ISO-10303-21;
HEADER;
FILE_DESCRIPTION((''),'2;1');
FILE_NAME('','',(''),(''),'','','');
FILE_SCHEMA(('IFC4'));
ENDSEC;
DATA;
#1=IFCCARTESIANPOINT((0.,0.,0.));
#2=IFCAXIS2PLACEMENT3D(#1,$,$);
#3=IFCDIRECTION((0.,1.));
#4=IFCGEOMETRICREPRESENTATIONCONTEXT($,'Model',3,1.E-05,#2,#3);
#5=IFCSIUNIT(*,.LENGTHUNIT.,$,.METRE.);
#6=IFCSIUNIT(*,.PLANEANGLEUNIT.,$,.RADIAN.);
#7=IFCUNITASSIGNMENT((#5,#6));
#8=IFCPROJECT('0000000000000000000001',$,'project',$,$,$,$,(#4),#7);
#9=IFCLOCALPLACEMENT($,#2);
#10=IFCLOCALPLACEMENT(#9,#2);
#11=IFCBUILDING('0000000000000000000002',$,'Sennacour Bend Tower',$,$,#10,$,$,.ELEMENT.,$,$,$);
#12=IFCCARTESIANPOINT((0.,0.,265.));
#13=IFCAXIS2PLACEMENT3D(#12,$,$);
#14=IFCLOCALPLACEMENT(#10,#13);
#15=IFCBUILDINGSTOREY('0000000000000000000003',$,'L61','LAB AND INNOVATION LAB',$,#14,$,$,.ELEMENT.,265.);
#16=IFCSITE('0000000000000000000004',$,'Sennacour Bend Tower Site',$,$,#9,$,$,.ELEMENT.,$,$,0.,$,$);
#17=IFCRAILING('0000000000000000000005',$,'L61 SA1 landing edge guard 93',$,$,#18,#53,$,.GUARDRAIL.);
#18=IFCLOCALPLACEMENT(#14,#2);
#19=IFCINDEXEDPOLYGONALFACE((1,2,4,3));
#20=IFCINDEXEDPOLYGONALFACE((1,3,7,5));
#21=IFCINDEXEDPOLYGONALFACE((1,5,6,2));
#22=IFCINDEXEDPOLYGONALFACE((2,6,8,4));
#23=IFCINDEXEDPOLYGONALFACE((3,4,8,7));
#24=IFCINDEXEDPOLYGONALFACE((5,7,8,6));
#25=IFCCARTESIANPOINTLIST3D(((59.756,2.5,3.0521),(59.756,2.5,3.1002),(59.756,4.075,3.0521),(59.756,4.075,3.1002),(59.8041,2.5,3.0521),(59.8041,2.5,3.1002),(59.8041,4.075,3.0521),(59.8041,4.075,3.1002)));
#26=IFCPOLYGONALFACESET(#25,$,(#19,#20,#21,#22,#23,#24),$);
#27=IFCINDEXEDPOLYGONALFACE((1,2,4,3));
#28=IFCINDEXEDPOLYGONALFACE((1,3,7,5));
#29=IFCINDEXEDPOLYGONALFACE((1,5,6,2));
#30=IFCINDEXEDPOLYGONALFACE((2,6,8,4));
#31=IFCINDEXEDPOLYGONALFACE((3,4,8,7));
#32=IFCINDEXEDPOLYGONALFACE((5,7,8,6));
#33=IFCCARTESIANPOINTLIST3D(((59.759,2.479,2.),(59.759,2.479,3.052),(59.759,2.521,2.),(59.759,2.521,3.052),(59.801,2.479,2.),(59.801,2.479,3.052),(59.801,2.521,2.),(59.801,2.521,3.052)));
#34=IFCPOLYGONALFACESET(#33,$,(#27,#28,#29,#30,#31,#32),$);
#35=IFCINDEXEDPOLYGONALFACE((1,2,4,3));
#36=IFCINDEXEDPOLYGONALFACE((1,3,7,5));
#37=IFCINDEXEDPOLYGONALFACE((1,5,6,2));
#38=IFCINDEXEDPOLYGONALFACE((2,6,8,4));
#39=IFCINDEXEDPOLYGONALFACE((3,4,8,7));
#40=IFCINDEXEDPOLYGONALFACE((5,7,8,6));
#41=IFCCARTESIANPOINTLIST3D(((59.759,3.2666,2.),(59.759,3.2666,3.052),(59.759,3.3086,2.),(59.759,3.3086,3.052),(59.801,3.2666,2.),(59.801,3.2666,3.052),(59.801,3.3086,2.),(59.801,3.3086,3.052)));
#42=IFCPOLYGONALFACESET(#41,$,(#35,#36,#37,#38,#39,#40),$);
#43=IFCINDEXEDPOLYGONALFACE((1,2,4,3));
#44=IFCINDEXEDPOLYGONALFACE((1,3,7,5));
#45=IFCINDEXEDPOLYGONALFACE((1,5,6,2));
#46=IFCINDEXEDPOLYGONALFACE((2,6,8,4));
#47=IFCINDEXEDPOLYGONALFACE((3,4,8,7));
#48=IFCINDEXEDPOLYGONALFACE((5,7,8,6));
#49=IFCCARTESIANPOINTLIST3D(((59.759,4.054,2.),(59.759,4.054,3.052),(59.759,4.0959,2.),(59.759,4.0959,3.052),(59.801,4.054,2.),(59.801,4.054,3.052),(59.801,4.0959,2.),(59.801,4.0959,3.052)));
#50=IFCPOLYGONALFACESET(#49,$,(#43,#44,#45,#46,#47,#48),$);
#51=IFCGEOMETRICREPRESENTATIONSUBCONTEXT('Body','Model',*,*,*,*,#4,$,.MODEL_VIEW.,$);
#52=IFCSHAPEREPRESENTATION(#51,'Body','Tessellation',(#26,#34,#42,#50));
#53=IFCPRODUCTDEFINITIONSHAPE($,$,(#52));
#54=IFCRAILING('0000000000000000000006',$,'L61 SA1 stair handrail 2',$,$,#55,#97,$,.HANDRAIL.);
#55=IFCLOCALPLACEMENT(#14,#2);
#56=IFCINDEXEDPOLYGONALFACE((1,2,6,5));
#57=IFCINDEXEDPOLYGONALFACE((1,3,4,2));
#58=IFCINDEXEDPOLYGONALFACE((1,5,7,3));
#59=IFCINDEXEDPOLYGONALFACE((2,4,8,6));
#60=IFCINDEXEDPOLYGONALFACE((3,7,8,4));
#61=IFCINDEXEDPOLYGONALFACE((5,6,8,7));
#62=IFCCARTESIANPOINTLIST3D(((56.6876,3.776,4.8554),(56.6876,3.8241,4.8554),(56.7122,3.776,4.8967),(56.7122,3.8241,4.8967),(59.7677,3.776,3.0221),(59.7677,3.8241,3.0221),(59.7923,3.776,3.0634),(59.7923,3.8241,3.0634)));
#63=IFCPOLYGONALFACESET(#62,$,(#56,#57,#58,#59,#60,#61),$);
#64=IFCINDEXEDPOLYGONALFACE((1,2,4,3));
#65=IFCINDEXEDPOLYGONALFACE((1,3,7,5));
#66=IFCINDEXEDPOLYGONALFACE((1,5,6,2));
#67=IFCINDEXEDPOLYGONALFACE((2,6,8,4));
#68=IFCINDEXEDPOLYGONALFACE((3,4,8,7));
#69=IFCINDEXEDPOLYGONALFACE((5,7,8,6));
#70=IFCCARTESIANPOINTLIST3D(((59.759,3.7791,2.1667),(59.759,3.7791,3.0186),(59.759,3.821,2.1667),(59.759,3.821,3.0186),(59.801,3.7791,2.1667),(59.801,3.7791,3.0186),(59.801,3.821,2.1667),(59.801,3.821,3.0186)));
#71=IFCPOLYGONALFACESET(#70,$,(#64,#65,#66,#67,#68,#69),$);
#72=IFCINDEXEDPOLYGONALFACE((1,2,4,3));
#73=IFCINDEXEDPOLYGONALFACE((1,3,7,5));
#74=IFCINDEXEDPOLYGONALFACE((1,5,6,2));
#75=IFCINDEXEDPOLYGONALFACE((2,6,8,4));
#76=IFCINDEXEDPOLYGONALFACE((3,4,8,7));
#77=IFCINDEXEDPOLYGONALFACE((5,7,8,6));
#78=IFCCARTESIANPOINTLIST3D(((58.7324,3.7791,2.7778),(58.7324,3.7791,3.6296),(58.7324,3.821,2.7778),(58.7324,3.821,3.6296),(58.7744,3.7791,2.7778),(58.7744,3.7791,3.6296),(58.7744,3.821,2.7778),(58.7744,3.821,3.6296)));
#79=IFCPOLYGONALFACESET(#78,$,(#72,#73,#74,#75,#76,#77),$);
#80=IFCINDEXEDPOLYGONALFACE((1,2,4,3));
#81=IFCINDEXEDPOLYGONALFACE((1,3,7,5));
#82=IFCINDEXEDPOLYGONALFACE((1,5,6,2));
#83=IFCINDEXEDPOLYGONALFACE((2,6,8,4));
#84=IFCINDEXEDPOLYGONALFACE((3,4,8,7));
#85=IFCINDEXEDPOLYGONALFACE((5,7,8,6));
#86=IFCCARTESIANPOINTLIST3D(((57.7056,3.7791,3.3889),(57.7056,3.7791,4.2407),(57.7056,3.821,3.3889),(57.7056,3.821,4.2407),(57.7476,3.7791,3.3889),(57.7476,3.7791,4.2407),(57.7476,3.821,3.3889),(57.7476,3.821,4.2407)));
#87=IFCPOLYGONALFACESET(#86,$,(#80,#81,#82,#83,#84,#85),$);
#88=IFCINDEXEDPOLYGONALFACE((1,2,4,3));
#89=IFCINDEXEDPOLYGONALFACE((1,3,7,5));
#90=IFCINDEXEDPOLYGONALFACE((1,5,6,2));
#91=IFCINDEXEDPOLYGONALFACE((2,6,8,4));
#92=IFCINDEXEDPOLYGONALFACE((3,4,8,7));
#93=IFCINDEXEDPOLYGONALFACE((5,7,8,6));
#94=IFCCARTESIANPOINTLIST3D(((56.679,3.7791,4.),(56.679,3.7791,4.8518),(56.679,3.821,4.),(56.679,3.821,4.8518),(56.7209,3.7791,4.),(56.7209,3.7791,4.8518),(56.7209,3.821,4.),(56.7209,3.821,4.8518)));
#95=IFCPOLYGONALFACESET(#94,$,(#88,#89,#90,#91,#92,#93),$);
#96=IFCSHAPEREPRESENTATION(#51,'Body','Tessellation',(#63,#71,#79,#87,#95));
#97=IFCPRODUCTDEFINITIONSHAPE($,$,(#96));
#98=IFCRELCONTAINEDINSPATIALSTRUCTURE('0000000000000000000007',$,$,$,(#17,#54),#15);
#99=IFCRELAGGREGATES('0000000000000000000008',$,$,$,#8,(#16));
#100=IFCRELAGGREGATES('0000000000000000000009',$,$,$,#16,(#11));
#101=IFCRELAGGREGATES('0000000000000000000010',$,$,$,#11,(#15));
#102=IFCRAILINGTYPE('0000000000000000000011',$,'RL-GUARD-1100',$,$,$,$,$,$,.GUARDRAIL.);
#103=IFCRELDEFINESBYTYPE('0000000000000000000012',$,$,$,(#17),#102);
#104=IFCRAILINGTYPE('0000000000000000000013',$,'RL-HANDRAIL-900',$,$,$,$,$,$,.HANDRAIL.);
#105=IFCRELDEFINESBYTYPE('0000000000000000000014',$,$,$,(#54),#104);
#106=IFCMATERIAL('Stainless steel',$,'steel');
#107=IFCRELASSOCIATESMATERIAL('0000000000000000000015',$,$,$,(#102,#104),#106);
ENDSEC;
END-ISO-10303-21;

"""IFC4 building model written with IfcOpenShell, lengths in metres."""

from ifc_helpers import new_model, si_unit, direction, frame, origin, origin_2d, place, context, subcontext, project, spatial, rectangle, extrude, material, type_object, element, save


model = new_model("IFC4")

# Units and contexts
model_context = context("Model", 3, precision=1e-05, world=origin(), true_north=direction((0.0, 1.0)))
body_context = subcontext(model_context, "Body", "Model", "MODEL_VIEW")
ifc_project = project(units=[si_unit("LENGTHUNIT", "METRE"), si_unit("PLANEANGLEUNIT", "RADIAN")], contexts=[model_context])

# Site, building, storey
site_placement = place(None, origin())
site = spatial("IfcSite", under=ifc_project, at=site_placement, Name="Sennacour Bend Tower Site", CompositionType="ELEMENT", RefElevation=0.0)
building_placement = place(site_placement, origin())
building = spatial("IfcBuilding", under=site, at=building_placement, Name="Sennacour Bend Tower", CompositionType="ELEMENT")
storey_placement = place(building_placement, frame((0.0, 0.0, 265.0)))
storey = spatial("IfcBuildingStorey", under=building, at=storey_placement, Name="L61", Description="LAB AND INNOVATION LAB", CompositionType="ELEMENT", Elevation=265.0)

# Railings
ifc_material_1 = material(Name="Stainless steel", Category="steel")
railing_type_1 = type_object("IfcRailingType", Name="RL-GUARD-1100", PredefinedType="GUARDRAIL", material=ifc_material_1)
railing_1_placement = place(storey_placement, frame((59.78, 2.5, 2.0)))
element("IfcRailing", 1, at=railing_1_placement, inside=storey, type_object=railing_type_1, Name="L61 SA1 landing edge guard 93", PredefinedType="GUARDRAIL", context=body_context, shape_type="SweptSolid", body=[
    extrude(rectangle(XDim=0.0481, YDim=0.0481, at=origin_2d()), frame((0.0, 0.0, 1.0762), z_axis=(0.0, 1.0, 0.0), x_axis=(-1.0, 0.0, 0.0)), (0.0, 0.0, 1.0), 1.575),
    extrude(rectangle(XDim=0.042, YDim=0.042, at=origin_2d()), origin(), (0.0, 0.0, 1.0), 1.052),
    extrude(rectangle(XDim=0.042, YDim=0.042, at=origin_2d()), frame((0.0, 0.7876, 0.0)), (0.0, 0.0, 1.0), 1.052),
    extrude(rectangle(XDim=0.042, YDim=0.042, at=origin_2d()), frame((0.0, 1.575, 0.0)), (0.0, 0.0, 1.0), 1.052),
])
railing_type_2 = type_object("IfcRailingType", Name="RL-HANDRAIL-900", PredefinedType="HANDRAIL", material=ifc_material_1)
railing_2_placement = place(storey_placement, frame((59.78, 3.8, 2.1667)))
element("IfcRailing", 2, at=railing_2_placement, inside=storey, type_object=railing_type_2, Name="L61 SA1 stair handrail 2", PredefinedType="HANDRAIL", context=body_context, shape_type="SweptSolid", body=[
    extrude(rectangle(XDim=0.0481, YDim=0.0481, at=origin_2d()), frame((0.0, 0.0, 0.876), z_axis=(-0.859309, 0.0, 0.511458), x_axis=(0.0, -1.0, 0.0)), (0.0, 0.0, 1.0), 3.5845),
    extrude(rectangle(XDim=0.042, YDim=0.042, at=origin_2d()), origin(), (0.0, 0.0, 1.0), 0.8518),
    extrude(rectangle(XDim=0.042, YDim=0.042, at=origin_2d()), frame((-1.0266, 0.0, 0.6111)), (0.0, 0.0, 1.0), 0.8518),
    extrude(rectangle(XDim=0.042, YDim=0.042, at=origin_2d()), frame((-2.0535, 0.0, 1.2222)), (0.0, 0.0, 1.0), 0.8518),
    extrude(rectangle(XDim=0.042, YDim=0.042, at=origin_2d()), frame((-3.0801, 0.0, 1.8333)), (0.0, 0.0, 1.0), 0.8518),
])

save(model, "model.ifc")
